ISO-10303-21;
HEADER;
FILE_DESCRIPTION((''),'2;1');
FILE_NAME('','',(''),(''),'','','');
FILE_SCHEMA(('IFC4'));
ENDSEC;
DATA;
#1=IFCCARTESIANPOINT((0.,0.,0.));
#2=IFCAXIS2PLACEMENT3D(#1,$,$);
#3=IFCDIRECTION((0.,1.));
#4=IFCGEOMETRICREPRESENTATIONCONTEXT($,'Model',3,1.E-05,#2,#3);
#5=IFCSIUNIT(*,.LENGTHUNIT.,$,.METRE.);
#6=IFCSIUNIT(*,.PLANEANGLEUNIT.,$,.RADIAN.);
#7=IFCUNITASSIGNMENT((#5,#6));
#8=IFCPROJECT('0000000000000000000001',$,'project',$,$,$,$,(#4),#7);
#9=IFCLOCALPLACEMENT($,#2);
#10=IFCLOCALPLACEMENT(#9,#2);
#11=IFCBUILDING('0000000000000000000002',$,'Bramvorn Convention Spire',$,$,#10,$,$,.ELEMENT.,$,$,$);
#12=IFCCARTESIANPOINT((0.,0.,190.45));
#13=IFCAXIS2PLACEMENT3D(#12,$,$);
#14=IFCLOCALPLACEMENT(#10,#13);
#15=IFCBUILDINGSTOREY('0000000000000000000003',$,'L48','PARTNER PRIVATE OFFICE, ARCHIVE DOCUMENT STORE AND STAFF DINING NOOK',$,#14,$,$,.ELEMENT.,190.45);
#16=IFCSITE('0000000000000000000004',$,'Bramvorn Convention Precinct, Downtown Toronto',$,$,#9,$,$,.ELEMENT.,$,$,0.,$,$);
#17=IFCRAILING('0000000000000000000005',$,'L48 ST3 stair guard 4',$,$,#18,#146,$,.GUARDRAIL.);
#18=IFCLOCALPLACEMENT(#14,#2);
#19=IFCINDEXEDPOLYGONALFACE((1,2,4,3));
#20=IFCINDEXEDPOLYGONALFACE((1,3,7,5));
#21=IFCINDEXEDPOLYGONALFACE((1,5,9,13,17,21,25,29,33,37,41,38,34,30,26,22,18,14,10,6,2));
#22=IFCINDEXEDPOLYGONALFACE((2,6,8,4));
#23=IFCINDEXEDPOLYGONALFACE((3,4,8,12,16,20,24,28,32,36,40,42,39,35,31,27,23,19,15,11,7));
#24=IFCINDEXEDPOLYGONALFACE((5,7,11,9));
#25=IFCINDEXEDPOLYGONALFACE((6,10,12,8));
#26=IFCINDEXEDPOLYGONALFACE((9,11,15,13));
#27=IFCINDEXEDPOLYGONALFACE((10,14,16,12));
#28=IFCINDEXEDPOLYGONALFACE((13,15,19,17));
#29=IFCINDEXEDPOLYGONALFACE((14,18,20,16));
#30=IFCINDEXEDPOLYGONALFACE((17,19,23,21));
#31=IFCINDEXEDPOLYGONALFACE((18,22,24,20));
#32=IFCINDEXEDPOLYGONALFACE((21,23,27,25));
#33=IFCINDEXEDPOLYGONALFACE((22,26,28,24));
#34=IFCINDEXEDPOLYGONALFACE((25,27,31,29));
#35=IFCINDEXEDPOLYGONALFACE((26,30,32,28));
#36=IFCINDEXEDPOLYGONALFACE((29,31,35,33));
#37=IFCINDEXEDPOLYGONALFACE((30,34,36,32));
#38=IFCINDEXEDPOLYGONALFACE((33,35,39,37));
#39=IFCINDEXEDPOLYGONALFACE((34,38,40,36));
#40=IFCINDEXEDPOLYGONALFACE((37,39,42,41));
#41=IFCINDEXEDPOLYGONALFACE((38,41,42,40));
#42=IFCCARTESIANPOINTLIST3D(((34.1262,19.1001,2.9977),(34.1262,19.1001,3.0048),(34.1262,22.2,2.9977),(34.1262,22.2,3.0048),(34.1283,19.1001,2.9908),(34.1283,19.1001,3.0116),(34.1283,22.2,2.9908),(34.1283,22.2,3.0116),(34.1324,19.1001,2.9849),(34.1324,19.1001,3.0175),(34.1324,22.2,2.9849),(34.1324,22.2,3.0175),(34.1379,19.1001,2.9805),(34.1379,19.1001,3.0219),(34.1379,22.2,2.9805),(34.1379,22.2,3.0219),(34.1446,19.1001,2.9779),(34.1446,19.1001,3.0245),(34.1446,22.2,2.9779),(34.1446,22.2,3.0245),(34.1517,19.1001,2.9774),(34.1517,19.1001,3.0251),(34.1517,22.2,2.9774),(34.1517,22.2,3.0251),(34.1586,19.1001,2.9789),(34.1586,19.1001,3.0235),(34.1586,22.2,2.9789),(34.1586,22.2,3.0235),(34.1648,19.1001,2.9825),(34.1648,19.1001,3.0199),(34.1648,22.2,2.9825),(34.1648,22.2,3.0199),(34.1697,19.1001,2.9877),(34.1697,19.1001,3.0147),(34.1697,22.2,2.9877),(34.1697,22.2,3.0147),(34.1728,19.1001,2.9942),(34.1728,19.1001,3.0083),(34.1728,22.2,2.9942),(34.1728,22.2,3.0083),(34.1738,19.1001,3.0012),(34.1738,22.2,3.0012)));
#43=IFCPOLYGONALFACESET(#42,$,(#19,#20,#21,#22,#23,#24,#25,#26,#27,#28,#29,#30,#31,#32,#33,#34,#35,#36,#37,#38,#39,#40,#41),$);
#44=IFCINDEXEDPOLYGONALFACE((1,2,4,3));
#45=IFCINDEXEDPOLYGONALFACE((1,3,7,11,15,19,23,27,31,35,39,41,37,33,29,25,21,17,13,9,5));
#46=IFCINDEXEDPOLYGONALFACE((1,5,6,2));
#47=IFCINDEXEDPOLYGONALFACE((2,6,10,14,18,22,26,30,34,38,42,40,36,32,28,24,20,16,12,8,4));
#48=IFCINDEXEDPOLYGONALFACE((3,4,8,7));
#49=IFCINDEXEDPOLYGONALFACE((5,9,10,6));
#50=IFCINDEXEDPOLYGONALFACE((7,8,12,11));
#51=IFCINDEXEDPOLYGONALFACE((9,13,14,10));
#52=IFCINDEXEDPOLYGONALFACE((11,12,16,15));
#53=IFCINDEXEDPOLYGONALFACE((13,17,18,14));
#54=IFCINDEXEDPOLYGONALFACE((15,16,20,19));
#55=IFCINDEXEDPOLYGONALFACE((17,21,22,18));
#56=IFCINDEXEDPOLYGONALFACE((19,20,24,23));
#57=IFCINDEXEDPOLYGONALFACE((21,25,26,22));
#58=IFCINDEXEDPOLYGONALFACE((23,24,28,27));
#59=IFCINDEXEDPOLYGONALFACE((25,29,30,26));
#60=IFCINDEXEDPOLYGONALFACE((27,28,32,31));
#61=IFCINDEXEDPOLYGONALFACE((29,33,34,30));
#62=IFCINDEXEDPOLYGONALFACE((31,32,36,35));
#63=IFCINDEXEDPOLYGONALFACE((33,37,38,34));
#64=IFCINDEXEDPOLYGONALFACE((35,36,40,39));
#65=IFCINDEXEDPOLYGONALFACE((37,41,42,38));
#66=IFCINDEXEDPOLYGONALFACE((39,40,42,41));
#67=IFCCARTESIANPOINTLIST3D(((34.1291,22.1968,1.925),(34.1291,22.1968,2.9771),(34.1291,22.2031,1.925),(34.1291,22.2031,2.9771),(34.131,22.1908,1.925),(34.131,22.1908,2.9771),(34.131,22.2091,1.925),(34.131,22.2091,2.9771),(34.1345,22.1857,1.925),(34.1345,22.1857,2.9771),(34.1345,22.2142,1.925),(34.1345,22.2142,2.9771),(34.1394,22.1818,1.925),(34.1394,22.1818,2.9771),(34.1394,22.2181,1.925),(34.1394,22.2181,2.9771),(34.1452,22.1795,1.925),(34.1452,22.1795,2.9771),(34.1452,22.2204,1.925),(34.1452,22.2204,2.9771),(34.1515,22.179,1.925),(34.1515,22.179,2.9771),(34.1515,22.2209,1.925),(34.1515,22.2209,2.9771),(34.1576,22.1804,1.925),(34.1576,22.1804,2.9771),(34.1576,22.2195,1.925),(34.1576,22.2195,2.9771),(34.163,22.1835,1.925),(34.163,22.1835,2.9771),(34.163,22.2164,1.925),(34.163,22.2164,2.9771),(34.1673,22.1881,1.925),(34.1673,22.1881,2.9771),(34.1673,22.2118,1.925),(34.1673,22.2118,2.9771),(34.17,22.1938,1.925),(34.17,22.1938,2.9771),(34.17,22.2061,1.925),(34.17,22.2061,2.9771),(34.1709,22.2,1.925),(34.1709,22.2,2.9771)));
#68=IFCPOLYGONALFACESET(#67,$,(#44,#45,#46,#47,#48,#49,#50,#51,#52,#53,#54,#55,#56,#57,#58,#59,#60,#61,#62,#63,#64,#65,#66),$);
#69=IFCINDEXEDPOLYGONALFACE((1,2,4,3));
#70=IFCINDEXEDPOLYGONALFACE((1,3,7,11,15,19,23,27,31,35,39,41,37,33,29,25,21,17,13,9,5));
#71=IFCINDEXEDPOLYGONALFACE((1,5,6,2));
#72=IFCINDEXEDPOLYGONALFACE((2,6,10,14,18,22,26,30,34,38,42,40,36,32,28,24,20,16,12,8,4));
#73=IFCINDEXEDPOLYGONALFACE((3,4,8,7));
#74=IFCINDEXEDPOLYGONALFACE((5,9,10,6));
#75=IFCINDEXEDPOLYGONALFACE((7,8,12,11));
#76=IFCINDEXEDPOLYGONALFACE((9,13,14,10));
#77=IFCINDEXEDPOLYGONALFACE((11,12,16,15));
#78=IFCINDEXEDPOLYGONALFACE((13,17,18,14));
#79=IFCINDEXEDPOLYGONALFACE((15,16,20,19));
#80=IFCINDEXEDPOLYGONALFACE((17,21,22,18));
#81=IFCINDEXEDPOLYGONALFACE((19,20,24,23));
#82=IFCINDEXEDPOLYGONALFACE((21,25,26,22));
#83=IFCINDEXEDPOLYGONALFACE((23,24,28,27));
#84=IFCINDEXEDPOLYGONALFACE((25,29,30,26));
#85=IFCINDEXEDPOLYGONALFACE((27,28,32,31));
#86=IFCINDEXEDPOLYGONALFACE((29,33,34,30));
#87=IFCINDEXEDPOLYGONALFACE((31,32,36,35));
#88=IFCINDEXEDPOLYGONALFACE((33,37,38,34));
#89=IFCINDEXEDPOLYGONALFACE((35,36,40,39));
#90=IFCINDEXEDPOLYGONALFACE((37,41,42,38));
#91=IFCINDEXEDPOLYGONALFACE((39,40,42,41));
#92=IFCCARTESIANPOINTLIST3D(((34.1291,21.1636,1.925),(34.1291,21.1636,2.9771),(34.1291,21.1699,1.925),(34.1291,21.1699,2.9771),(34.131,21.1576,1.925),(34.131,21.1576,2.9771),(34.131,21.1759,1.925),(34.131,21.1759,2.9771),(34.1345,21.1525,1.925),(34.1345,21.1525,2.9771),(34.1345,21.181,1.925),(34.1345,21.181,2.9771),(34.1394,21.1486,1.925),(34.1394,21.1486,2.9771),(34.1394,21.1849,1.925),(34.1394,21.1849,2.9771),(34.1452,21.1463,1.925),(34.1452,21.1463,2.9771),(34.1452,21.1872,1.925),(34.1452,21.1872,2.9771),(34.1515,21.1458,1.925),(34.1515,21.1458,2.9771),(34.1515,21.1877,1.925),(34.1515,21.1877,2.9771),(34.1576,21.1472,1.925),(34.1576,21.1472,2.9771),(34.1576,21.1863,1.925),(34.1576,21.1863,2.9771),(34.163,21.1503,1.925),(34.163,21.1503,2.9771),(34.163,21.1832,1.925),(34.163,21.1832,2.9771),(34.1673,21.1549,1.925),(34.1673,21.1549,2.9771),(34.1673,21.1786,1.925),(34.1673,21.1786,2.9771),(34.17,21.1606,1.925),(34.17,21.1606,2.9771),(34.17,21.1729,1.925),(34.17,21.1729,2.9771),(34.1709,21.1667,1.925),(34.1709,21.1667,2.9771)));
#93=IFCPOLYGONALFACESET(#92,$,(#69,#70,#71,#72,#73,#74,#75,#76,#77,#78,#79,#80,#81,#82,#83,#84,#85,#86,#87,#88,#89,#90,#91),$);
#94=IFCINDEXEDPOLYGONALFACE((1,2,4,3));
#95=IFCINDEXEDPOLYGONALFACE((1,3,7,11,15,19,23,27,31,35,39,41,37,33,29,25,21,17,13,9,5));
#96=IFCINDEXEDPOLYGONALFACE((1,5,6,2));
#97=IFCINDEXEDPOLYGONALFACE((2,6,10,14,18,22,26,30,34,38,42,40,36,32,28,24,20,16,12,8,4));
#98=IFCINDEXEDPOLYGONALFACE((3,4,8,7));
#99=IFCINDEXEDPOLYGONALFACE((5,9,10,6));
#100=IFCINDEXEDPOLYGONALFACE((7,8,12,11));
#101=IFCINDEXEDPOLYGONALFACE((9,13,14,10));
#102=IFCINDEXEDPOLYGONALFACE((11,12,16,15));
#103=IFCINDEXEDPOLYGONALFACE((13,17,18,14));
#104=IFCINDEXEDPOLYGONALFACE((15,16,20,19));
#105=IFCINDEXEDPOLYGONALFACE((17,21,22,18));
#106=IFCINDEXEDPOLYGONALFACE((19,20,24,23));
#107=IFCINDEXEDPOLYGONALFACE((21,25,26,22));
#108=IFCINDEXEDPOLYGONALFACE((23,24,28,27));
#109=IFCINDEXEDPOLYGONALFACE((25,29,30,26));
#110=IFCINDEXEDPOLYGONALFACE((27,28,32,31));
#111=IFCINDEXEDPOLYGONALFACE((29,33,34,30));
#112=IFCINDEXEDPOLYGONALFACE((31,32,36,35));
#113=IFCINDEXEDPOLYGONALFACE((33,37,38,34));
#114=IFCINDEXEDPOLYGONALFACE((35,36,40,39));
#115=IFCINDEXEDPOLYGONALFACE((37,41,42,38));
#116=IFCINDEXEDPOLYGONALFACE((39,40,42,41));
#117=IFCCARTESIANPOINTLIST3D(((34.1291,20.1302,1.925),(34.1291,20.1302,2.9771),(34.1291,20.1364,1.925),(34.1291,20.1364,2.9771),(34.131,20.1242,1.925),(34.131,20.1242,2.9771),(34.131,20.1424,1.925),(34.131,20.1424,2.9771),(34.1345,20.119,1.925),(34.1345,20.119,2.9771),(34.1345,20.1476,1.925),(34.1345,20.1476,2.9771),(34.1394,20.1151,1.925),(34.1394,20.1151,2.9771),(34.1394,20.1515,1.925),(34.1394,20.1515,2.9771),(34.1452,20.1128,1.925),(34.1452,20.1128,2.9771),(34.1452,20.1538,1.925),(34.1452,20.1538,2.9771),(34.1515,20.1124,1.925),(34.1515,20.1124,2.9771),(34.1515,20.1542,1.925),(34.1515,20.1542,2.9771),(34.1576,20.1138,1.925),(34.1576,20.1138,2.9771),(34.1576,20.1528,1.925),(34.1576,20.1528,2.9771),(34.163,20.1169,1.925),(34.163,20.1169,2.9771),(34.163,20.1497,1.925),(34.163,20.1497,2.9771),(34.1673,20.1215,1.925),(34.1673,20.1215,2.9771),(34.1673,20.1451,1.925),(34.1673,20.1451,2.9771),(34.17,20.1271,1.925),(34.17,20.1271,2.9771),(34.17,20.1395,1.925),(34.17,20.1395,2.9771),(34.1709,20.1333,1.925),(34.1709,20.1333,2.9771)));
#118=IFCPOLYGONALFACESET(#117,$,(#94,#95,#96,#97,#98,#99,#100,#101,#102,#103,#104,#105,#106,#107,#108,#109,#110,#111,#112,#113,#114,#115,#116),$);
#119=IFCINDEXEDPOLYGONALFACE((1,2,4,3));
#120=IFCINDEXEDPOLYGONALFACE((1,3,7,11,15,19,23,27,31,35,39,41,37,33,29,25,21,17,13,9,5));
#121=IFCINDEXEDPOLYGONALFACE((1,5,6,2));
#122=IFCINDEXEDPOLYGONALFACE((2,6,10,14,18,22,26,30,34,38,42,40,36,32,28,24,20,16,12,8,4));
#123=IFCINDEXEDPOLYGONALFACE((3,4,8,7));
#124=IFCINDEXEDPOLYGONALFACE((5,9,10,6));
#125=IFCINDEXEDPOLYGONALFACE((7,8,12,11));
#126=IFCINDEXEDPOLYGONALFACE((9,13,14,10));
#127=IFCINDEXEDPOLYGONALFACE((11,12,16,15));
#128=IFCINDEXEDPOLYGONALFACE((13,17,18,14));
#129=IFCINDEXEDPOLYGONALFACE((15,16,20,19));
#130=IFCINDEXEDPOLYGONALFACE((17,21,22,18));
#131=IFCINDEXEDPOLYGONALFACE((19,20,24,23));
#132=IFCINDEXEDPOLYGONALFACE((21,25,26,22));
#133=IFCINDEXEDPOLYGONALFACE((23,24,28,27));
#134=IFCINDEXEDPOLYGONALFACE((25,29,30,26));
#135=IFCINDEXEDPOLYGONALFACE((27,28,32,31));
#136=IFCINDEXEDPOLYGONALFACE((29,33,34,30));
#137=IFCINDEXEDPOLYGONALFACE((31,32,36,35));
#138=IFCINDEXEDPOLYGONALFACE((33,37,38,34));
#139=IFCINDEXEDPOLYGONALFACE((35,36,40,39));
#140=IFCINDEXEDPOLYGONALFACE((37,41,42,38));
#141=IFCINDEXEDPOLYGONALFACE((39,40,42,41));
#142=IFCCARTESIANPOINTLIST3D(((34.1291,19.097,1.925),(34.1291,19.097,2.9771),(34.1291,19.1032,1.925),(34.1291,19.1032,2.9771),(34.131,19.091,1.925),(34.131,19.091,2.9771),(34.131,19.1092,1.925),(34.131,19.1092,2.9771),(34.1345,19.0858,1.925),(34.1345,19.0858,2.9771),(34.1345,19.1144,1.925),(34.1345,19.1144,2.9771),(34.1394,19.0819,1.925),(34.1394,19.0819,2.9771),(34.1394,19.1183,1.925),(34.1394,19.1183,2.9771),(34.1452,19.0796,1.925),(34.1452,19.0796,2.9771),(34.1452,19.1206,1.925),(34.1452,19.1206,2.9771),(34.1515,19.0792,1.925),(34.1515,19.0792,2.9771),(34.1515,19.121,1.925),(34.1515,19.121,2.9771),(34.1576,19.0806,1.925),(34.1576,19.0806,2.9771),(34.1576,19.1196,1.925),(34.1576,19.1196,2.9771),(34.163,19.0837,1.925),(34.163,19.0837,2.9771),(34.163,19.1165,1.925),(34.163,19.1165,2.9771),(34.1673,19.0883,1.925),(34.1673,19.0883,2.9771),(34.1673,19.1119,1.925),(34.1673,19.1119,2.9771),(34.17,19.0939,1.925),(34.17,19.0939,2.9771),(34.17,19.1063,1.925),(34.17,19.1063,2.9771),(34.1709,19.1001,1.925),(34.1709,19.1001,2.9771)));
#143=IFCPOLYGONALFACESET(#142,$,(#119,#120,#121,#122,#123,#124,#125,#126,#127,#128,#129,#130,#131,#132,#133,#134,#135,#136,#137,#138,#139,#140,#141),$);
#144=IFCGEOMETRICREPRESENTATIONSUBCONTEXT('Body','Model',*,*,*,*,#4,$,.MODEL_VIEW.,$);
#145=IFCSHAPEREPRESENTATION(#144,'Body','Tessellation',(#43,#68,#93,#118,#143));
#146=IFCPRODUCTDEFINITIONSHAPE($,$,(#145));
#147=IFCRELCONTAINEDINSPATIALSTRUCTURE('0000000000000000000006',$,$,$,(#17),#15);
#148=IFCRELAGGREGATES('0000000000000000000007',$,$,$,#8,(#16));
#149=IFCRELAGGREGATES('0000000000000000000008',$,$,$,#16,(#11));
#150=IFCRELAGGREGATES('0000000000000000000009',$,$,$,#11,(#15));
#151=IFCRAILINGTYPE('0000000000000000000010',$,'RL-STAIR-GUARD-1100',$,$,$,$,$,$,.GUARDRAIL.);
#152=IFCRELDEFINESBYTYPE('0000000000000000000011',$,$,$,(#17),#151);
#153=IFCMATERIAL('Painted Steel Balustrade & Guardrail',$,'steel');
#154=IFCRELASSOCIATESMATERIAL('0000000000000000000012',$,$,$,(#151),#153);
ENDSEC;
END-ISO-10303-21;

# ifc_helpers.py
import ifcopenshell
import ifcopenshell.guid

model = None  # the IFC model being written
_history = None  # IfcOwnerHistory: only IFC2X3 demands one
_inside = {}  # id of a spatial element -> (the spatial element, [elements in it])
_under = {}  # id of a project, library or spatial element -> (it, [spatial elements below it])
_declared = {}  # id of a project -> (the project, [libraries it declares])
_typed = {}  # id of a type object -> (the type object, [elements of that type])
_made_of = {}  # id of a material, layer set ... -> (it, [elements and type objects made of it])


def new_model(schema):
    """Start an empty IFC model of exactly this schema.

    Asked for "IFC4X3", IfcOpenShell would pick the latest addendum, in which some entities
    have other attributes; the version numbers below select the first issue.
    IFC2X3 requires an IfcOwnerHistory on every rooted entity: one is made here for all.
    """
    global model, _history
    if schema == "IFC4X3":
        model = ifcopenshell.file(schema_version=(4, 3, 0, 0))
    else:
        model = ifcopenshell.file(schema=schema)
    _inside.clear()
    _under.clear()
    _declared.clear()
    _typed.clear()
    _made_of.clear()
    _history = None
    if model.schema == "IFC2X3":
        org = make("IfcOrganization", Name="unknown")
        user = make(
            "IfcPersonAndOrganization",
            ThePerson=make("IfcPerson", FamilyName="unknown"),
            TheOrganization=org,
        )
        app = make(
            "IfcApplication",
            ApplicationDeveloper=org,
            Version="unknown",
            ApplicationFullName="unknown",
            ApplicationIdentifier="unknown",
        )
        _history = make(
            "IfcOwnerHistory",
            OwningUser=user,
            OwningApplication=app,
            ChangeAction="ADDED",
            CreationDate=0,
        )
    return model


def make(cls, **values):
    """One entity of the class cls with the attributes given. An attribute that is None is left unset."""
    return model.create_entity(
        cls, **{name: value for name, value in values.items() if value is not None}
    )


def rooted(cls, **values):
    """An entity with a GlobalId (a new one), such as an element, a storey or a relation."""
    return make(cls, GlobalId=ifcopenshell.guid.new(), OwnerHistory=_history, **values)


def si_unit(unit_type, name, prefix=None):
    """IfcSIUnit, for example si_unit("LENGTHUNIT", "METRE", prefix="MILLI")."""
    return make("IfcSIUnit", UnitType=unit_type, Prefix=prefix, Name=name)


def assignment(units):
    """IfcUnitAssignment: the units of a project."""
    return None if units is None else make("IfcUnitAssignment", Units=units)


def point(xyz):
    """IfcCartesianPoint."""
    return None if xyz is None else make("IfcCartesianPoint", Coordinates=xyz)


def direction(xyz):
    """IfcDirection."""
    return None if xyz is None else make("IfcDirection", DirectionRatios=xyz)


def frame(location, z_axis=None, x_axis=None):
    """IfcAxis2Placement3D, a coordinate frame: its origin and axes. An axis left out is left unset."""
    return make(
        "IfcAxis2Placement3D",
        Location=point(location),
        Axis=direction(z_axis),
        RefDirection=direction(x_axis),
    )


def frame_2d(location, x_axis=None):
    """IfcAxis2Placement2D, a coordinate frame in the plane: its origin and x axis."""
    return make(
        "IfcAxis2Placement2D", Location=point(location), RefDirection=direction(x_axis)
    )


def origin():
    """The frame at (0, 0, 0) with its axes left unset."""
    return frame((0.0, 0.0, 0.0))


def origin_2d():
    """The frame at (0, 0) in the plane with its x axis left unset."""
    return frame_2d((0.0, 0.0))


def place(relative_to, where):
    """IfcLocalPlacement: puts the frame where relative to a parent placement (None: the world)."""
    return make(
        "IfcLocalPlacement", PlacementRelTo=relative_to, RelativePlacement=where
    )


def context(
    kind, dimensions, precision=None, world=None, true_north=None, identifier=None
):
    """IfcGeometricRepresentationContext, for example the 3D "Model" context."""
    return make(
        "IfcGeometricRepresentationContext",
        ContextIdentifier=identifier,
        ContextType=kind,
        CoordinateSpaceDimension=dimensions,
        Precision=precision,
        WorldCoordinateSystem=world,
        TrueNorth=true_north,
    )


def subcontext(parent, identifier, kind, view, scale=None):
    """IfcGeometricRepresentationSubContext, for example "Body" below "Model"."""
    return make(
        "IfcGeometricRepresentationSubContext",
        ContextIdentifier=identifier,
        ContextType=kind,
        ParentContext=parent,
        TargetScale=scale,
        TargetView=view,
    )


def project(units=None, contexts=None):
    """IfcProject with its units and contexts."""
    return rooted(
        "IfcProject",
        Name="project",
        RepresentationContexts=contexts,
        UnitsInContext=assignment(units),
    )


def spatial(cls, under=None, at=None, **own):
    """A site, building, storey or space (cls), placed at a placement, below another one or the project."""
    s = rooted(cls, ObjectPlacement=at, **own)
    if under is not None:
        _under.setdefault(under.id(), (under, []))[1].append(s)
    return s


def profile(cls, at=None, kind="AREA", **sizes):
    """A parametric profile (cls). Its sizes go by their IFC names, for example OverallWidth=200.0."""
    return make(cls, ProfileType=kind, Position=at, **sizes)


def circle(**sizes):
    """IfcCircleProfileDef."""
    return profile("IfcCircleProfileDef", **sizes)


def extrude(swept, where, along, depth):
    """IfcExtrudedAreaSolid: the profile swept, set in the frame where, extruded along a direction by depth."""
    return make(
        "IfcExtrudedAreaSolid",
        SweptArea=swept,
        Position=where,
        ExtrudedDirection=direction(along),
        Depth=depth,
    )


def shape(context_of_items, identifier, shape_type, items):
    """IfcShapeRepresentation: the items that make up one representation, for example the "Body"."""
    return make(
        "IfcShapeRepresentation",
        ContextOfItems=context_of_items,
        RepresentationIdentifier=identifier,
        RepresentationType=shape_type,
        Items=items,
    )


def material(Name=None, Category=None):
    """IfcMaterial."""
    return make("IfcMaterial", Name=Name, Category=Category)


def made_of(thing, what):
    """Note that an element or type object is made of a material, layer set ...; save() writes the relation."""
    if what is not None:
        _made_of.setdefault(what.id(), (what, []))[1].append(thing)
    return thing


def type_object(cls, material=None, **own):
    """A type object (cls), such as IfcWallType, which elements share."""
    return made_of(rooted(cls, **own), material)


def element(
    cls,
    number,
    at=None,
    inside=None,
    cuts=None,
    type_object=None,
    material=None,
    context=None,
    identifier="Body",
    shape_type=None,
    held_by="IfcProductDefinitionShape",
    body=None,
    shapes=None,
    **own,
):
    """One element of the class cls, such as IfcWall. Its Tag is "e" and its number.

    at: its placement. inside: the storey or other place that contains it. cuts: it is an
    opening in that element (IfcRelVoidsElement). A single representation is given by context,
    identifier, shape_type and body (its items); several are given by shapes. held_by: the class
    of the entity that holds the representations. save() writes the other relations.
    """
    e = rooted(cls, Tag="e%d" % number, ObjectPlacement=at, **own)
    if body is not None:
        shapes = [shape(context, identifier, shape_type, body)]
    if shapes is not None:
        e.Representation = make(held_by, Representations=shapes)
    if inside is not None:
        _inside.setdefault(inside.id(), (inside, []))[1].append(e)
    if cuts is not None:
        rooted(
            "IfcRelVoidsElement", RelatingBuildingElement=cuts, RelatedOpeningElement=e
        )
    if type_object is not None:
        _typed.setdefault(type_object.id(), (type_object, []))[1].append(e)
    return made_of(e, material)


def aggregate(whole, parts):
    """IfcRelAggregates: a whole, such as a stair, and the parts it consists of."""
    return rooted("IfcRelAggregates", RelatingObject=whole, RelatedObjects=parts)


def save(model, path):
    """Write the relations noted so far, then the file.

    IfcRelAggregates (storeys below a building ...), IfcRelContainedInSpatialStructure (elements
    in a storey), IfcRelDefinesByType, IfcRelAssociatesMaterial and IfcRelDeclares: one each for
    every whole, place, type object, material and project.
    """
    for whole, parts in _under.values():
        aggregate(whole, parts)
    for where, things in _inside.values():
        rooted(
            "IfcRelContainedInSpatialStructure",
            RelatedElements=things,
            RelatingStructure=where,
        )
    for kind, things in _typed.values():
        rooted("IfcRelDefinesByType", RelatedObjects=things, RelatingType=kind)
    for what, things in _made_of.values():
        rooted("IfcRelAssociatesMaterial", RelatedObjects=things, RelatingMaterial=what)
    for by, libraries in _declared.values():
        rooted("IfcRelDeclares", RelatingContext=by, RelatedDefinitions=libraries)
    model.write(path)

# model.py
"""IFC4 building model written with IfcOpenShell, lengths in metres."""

from ifc_helpers import new_model, si_unit, direction, frame, origin, origin_2d, place, context, subcontext, project, spatial, circle, extrude, material, type_object, element, save


model = new_model("IFC4")

# Units and contexts
model_context = context("Model", 3, precision=1e-05, world=origin(), true_north=direction((0.0, 1.0)))
body_context = subcontext(model_context, "Body", "Model", "MODEL_VIEW")
ifc_project = project(units=[si_unit("LENGTHUNIT", "METRE"), si_unit("PLANEANGLEUNIT", "RADIAN")], contexts=[model_context])

# Site, building, storey
site_placement = place(None, origin())
site = spatial("IfcSite", under=ifc_project, at=site_placement, Name="Bramvorn Convention Precinct, Downtown Toronto", CompositionType="ELEMENT", RefElevation=0.0)
building_placement = place(site_placement, origin())
building = spatial("IfcBuilding", under=site, at=building_placement, Name="Bramvorn Convention Spire", CompositionType="ELEMENT")
storey_placement = place(building_placement, frame((0.0, 0.0, 190.45)))
storey = spatial("IfcBuildingStorey", under=building, at=storey_placement, Name="L48", Description="PARTNER PRIVATE OFFICE, ARCHIVE DOCUMENT STORE AND STAFF DINING NOOK", CompositionType="ELEMENT", Elevation=190.45)

# Railing
ifc_material_1 = material(Name="Painted Steel Balustrade & Guardrail", Category="steel")
railing_type_1 = type_object("IfcRailingType", Name="RL-STAIR-GUARD-1100", PredefinedType="GUARDRAIL", material=ifc_material_1)
railing_1_placement = place(storey_placement, frame((34.1499, 22.2, 1.925)))
element("IfcRailing", 1, at=railing_1_placement, inside=storey, type_object=railing_type_1, Name="L48 ST3 stair guard 4", PredefinedType="GUARDRAIL", context=body_context, shape_type="SweptSolid", body=[
    extrude(circle(Radius=0.0239, at=origin_2d()), frame((0.0, 0.0, 1.0762), z_axis=(0.0, -1.0, 0.0), x_axis=(1.0, 0.0, 0.0)), (0.0, 0.0, 1.0), 3.0999),
    extrude(circle(Radius=0.021, at=origin_2d()), origin(), (0.0, 0.0, 1.0), 1.052),
    extrude(circle(Radius=0.021, at=origin_2d()), frame((0.0, -1.0332, 0.0)), (0.0, 0.0, 1.0), 1.052),
    extrude(circle(Radius=0.021, at=origin_2d()), frame((0.0, -2.0667, 0.0)), (0.0, 0.0, 1.0), 1.052),
    extrude(circle(Radius=0.021, at=origin_2d()), frame((0.0, -3.0999, 0.0)), (0.0, 0.0, 1.0), 1.052),
])

save(model, "model.ifc")
